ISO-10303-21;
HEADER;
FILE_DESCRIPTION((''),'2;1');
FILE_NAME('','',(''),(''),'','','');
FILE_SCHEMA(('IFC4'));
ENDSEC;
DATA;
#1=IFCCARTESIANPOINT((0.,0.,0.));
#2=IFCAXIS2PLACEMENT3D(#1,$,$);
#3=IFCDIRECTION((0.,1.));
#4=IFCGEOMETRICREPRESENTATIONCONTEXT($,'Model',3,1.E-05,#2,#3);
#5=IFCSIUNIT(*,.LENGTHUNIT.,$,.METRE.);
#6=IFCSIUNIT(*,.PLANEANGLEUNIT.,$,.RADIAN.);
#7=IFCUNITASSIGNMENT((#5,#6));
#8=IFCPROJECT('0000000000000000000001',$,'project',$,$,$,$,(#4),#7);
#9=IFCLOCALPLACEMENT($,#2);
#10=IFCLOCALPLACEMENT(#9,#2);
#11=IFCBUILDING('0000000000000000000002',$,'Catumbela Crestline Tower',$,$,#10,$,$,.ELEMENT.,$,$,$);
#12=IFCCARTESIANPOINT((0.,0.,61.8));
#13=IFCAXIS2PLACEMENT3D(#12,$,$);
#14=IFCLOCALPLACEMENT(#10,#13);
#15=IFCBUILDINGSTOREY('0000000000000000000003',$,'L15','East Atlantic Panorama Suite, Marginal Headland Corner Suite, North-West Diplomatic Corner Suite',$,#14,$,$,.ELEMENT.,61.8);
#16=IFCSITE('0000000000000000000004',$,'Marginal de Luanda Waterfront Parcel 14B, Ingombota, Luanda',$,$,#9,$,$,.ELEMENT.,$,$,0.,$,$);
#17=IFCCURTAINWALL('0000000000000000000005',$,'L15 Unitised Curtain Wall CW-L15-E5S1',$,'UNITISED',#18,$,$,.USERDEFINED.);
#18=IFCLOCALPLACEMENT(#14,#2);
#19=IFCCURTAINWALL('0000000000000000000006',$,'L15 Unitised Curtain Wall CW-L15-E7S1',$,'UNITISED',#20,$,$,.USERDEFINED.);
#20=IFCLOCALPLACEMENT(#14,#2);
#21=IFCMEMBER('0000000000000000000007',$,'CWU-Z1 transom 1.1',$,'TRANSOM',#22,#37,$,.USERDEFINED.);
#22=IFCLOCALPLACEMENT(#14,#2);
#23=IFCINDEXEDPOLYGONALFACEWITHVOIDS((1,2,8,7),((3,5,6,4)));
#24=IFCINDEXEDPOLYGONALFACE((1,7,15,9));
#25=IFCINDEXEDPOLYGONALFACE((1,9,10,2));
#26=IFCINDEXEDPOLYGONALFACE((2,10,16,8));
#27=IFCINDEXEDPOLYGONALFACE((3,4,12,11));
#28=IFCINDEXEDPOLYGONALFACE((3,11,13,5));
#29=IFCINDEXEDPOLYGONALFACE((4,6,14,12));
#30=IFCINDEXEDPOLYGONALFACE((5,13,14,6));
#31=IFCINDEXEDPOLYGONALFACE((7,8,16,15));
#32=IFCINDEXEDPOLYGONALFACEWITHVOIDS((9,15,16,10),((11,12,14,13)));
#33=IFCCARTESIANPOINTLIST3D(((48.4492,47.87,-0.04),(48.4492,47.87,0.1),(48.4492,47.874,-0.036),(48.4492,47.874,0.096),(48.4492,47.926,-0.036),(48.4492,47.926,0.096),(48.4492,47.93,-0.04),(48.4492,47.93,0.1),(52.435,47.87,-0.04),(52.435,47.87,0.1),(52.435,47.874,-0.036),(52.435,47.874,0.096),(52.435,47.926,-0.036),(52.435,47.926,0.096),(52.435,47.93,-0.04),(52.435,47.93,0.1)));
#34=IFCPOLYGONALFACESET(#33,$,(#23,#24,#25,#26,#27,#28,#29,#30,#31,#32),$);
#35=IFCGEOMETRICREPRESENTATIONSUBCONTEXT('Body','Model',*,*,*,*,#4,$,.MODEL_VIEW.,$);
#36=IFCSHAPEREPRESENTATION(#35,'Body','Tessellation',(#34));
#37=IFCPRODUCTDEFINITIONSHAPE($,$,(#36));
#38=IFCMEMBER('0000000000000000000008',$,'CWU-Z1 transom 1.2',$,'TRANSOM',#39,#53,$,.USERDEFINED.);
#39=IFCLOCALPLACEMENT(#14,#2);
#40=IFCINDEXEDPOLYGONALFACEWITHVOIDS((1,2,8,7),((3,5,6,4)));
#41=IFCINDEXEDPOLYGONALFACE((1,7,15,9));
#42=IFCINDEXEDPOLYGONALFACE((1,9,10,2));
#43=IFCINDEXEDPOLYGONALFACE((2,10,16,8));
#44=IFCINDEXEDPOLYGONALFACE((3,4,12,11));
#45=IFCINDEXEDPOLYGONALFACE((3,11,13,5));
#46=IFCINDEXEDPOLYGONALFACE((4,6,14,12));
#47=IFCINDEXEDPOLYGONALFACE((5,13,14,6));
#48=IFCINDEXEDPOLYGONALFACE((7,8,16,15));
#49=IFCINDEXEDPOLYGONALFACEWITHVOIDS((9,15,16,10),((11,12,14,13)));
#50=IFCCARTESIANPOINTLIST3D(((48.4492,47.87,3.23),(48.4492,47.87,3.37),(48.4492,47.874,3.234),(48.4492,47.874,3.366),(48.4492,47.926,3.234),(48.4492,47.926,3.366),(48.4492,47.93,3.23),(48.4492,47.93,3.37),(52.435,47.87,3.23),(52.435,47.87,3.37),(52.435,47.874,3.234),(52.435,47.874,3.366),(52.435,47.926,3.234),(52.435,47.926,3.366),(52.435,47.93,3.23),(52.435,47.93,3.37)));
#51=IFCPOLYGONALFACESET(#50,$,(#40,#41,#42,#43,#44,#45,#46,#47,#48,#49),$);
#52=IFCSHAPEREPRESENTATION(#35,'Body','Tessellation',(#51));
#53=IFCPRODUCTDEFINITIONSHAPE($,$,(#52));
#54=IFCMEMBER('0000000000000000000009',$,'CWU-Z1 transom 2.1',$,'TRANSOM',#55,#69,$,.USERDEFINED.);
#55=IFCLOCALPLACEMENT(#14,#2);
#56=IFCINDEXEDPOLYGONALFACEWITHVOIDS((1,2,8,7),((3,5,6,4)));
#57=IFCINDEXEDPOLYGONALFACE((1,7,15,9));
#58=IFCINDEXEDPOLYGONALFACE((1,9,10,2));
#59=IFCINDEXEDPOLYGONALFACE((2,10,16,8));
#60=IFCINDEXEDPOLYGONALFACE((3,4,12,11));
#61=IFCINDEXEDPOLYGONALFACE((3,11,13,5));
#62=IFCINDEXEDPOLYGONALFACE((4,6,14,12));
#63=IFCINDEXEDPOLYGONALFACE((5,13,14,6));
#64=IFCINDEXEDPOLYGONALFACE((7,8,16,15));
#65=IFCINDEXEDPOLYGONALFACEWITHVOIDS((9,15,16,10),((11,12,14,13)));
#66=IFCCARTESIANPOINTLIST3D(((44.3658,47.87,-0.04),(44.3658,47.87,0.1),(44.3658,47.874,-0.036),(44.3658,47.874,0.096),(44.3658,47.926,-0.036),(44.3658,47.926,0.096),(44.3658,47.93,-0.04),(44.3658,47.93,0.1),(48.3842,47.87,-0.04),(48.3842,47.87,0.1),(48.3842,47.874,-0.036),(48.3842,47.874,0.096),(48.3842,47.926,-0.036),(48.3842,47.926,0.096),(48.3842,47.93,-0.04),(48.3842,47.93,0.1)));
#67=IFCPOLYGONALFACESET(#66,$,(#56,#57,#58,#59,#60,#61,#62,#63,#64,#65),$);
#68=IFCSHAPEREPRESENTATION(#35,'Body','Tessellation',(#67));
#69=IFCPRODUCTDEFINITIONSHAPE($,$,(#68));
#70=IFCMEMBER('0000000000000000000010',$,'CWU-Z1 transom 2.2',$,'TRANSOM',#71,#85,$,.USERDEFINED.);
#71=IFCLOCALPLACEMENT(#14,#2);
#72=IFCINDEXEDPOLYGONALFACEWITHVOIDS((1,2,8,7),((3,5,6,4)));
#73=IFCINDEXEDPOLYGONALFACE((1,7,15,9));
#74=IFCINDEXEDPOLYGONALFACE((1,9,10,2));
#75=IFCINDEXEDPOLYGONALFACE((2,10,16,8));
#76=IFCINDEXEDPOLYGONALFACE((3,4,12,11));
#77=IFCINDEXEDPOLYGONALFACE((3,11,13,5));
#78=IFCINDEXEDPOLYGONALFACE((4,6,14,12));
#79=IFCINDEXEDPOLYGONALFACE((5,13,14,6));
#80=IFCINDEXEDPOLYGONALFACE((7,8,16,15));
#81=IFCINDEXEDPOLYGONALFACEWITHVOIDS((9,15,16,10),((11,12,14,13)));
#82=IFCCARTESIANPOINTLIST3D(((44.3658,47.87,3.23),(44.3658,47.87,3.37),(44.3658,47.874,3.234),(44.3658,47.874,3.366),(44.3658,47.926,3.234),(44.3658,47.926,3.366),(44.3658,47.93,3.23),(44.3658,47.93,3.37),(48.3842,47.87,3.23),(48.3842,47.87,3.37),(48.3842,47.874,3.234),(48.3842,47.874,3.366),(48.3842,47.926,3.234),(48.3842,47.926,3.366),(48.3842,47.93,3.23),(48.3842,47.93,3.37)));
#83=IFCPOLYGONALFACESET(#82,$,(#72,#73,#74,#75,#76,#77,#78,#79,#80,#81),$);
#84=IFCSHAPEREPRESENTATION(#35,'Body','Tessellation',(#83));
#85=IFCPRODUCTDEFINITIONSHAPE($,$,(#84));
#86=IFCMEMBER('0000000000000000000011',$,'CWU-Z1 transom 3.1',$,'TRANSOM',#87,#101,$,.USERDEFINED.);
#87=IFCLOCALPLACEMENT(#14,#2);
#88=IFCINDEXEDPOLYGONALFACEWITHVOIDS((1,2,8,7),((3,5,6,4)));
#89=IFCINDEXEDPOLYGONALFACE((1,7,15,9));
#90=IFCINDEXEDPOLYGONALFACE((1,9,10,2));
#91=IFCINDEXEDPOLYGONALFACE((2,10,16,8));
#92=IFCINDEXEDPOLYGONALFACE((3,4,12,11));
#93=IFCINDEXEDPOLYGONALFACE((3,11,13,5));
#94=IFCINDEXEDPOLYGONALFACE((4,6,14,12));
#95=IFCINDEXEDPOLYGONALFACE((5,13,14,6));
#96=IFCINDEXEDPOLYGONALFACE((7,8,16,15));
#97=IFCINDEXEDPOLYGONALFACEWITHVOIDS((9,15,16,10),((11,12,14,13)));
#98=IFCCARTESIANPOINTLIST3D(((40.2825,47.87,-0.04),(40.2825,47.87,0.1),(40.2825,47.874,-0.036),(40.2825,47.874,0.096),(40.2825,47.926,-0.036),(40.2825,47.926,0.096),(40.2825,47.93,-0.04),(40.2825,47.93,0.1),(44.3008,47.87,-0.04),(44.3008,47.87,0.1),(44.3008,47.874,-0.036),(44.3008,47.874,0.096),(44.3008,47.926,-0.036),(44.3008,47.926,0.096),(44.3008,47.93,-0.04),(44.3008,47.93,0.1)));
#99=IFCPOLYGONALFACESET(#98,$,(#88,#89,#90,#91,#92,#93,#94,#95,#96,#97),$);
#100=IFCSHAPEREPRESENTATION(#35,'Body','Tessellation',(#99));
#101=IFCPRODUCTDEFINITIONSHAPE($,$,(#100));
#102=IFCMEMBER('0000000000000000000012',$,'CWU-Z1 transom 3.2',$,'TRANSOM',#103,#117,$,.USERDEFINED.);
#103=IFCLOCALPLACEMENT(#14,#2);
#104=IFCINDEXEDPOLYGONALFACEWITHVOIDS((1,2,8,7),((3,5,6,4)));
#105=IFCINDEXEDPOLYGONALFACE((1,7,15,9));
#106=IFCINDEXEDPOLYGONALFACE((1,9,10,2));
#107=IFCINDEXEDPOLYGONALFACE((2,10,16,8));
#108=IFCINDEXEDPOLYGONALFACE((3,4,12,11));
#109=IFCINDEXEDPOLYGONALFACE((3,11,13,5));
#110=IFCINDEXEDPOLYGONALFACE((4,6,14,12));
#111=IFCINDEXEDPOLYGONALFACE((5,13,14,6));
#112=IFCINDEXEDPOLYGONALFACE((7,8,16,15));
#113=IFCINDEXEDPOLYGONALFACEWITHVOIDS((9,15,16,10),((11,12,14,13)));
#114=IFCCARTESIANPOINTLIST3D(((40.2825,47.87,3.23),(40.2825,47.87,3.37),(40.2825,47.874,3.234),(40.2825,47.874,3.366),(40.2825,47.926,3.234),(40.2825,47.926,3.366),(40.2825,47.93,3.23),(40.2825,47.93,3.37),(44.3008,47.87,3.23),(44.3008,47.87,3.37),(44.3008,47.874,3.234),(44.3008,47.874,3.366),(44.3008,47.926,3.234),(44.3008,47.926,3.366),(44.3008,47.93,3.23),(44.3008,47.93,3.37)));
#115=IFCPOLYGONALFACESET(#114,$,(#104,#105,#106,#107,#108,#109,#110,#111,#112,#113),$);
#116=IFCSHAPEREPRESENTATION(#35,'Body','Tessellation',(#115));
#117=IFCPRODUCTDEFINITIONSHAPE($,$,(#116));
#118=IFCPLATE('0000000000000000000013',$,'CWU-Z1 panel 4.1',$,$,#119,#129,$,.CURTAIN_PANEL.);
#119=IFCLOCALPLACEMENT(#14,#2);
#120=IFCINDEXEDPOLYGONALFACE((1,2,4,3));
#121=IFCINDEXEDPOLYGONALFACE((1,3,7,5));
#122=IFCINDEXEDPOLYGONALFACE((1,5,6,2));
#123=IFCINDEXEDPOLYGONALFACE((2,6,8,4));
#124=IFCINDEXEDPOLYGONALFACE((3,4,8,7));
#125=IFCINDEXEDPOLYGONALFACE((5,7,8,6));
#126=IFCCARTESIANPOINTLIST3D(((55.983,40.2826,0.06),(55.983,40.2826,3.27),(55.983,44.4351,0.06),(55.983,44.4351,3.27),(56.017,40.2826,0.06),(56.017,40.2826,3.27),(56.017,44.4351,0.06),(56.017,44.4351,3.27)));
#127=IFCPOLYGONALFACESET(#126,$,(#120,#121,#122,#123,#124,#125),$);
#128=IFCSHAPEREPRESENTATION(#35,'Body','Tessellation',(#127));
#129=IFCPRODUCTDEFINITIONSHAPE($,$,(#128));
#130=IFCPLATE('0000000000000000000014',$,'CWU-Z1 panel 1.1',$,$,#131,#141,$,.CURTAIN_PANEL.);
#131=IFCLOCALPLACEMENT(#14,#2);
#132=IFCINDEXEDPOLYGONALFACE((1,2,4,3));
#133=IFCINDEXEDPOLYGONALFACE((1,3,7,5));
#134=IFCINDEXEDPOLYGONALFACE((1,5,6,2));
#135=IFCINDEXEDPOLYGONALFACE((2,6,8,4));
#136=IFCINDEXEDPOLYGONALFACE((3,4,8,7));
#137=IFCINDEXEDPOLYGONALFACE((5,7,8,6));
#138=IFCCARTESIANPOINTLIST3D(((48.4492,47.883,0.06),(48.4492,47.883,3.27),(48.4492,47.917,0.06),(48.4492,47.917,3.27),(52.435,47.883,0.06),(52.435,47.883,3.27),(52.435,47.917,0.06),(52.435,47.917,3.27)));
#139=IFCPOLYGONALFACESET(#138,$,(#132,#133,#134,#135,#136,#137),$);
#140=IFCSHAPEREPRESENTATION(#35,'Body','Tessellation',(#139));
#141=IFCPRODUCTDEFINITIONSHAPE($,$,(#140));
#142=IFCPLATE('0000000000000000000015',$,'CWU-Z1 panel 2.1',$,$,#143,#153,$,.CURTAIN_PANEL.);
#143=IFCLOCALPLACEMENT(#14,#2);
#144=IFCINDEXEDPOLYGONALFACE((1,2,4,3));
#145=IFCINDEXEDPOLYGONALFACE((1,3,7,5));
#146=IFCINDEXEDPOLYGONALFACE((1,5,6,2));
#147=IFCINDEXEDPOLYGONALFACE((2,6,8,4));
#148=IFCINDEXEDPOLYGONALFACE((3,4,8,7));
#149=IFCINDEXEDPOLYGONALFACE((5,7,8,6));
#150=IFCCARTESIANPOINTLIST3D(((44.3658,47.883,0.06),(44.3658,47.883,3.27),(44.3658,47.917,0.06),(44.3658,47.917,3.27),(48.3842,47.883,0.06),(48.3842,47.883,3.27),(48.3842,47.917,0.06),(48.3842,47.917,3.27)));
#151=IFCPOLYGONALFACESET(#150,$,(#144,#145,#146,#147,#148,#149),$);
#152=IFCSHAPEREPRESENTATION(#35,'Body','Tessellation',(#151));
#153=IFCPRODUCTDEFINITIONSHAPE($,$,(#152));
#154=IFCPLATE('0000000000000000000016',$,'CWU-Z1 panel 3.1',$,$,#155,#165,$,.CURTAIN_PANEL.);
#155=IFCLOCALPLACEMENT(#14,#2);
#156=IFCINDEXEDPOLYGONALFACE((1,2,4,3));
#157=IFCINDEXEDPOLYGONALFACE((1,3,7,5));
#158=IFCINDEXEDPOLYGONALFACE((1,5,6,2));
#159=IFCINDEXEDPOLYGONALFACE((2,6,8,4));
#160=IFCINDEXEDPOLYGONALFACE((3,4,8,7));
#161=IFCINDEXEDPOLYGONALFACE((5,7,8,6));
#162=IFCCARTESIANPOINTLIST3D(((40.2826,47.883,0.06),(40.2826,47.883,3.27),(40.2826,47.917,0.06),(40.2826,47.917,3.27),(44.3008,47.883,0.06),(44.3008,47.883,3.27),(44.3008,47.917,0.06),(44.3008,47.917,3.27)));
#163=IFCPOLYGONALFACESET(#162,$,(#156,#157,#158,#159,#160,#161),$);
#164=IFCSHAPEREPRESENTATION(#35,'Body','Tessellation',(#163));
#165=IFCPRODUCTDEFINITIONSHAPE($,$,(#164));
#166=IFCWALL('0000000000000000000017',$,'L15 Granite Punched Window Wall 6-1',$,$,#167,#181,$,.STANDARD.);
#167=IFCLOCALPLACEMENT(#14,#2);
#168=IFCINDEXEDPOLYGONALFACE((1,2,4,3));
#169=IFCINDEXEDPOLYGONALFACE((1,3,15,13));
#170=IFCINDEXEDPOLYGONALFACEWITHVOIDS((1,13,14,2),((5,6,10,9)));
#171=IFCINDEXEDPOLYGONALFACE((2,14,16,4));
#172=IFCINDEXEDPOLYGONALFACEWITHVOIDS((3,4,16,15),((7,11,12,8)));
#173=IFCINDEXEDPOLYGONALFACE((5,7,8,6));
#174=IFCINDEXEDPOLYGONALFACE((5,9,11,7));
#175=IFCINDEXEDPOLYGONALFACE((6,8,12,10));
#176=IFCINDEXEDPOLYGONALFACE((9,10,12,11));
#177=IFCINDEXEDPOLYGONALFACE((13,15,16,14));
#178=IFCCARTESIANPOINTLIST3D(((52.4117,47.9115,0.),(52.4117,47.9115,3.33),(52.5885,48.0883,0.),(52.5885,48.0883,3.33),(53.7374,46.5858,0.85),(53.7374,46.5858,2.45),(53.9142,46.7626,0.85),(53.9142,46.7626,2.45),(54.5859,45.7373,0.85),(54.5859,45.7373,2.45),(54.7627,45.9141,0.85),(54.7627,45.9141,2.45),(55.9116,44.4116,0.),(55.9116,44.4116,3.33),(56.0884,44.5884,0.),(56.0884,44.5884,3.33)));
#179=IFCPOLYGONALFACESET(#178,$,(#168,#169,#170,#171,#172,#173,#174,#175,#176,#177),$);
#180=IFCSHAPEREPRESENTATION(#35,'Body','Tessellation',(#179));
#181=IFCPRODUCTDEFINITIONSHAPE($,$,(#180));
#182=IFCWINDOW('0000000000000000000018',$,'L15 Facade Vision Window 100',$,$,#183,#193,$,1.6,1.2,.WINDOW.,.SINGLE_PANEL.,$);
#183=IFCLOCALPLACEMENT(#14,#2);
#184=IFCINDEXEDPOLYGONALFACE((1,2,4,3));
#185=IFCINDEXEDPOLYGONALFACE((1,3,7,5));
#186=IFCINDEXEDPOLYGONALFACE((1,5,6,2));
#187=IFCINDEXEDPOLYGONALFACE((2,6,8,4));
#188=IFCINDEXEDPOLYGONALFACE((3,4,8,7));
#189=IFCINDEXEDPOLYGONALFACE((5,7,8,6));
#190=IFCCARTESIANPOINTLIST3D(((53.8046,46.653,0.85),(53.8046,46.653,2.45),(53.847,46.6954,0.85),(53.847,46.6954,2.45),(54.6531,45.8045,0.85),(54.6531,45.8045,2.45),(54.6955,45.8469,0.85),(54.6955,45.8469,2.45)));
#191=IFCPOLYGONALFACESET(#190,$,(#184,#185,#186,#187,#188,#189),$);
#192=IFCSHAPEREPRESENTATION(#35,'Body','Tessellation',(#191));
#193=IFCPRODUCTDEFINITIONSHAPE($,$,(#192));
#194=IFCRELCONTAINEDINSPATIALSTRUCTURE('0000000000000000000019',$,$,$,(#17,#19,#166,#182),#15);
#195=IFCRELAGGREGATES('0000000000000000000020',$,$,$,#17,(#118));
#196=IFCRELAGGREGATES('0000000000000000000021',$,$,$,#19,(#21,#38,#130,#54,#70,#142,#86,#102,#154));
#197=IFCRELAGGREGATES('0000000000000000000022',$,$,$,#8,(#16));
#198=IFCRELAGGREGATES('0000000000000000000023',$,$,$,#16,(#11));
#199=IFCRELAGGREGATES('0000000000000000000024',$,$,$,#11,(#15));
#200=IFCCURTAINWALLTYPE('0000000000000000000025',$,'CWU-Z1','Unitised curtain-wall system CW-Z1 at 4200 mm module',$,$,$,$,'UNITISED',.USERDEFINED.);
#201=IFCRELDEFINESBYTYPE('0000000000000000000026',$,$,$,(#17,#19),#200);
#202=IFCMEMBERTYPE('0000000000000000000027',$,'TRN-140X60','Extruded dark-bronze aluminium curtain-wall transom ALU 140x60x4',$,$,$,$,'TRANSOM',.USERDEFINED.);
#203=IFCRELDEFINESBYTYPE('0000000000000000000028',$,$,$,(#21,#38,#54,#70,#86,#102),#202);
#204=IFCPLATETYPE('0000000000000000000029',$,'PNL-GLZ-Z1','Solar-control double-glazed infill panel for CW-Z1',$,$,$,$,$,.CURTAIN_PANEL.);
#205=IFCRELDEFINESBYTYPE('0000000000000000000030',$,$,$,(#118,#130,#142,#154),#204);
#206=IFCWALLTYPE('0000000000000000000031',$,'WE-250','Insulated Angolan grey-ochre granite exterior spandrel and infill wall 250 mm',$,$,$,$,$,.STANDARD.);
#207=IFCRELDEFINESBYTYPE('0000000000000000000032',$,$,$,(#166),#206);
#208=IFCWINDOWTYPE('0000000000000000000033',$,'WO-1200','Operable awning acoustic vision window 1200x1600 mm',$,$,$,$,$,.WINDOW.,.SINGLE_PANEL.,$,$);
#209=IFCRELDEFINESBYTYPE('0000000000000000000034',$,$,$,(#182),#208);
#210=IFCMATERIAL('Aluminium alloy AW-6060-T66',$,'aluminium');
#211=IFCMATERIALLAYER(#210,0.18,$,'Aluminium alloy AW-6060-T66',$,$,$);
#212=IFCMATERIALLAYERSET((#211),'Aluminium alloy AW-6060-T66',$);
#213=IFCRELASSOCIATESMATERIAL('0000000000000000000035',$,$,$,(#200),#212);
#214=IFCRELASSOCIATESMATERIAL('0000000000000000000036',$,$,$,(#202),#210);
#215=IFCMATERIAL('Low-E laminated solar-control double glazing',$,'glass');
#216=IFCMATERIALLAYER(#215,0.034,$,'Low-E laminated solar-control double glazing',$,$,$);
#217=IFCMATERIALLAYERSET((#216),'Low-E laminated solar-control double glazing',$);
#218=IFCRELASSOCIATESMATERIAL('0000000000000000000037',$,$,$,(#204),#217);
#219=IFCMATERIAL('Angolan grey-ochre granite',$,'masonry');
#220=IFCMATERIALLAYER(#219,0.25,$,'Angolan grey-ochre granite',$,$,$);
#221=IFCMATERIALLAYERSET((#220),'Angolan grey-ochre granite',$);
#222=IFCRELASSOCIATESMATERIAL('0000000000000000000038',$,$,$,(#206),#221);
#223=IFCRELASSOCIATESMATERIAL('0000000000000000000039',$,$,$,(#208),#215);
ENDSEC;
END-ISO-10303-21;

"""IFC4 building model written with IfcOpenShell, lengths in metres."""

from ifc_helpers import new_model, si_unit, direction, frame, frame_2d, origin, origin_2d, place, context, subcontext, project, spatial, rectangle, hollow_rectangle, extrude, material, layer, layer_set, material_profile, profile_set, type_object, element, fill, aggregate, save


model = new_model("IFC4")

# Units and contexts
model_context = context("Model", 3, precision=1e-05, world=origin(), true_north=direction((0.0, 1.0)))
body_context = subcontext(model_context, "Body", "Model", "MODEL_VIEW")
ifc_project = project(units=[si_unit("LENGTHUNIT", "METRE"), si_unit("PLANEANGLEUNIT", "RADIAN")], contexts=[model_context])

# Site, building, storey
site_placement = place(None, origin())
site = spatial("IfcSite", under=ifc_project, at=site_placement, Name="Marginal de Luanda Waterfront Parcel 14B, Ingombota, Luanda", CompositionType="ELEMENT", RefElevation=0.0)
building_placement = place(site_placement, origin())
building = spatial("IfcBuilding", under=site, at=building_placement, Name="Catumbela Crestline Tower", CompositionType="ELEMENT")
storey_placement = place(building_placement, frame((0.0, 0.0, 61.8)))
storey = spatial("IfcBuildingStorey", under=building, at=storey_placement, Name="L15", Description="East Atlantic Panorama Suite, Marginal Headland Corner Suite, North-West Diplomatic Corner Suite", CompositionType="ELEMENT", Elevation=61.8)

# Curtain walls
ifc_material_1 = material(Name="Aluminium alloy AW-6060-T66", Category="aluminium")
ifc_layer_1 = layer(ifc_material_1, 0.18, Name="Aluminium alloy AW-6060-T66")
ifc_layer_set_1 = layer_set([ifc_layer_1], Name="Aluminium alloy AW-6060-T66")
curtain_wall_type = type_object("IfcCurtainWallType", Name="CWU-Z1", Description="Unitised curtain-wall system CW-Z1 at 4200 mm module", ElementType="UNITISED", PredefinedType="USERDEFINED", material=ifc_layer_set_1)
curtain_wall_1_placement = place(storey_placement, origin())
curtain_wall_1 = element("IfcCurtainWall", 1, at=curtain_wall_1_placement, inside=storey, type_object=curtain_wall_type, Name="L15 Unitised Curtain Wall CW-L15-E5S1", ObjectType="UNITISED", PredefinedType="USERDEFINED")
curtain_wall_2_placement = place(storey_placement, origin())
curtain_wall_2 = element("IfcCurtainWall", 2, at=curtain_wall_2_placement, inside=storey, type_object=curtain_wall_type, Name="L15 Unitised Curtain Wall CW-L15-E7S1", ObjectType="UNITISED", PredefinedType="USERDEFINED")

# Members
ifc_material_profile_1 = material_profile(ifc_material_1, hollow_rectangle(XDim=0.06, YDim=0.14, WallThickness=0.004, at=origin_2d()), Name="ALU 140x60x4")
ifc_profile_set_1 = profile_set([ifc_material_profile_1], Name="Aluminium alloy AW-6060-T66")
member_type_1 = type_object("IfcMemberType", Name="TRN-140X60", Description="Extruded dark-bronze aluminium curtain-wall transom ALU 140x60x4", ElementType="TRANSOM", PredefinedType="USERDEFINED", material=ifc_profile_set_1)
member_1_placement = place(storey_placement, frame((52.435, 47.9, 0.03), z_axis=(-1.0, 0.0, 0.0), x_axis=(0.0, -1.0, 0.0)))
member_1 = element("IfcMember", 3, at=member_1_placement, type_object=member_type_1, Name="CWU-Z1 transom 1.1", ObjectType="TRANSOM", PredefinedType="USERDEFINED", context=body_context, shape_type="SweptSolid", body=[
    extrude(hollow_rectangle(XDim=0.06, YDim=0.14, WallThickness=0.004, at=origin_2d()), origin(), (0.0, 0.0, 1.0), 3.9858),
])
member_2_placement = place(storey_placement, frame((52.435, 47.9, 3.3), z_axis=(-1.0, 0.0, 0.0), x_axis=(0.0, -1.0, 0.0)))
member_2 = element("IfcMember", 4, at=member_2_placement, type_object=member_type_1, Name="CWU-Z1 transom 1.2", ObjectType="TRANSOM", PredefinedType="USERDEFINED", context=body_context, shape_type="SweptSolid", body=[
    extrude(hollow_rectangle(XDim=0.06, YDim=0.14, WallThickness=0.004, at=origin_2d()), origin(), (0.0, 0.0, 1.0), 3.9858),
])
member_3_placement = place(storey_placement, frame((48.3842, 47.9, 0.03), z_axis=(-1.0, 0.0, 0.0), x_axis=(0.0, -1.0, 0.0)))
member_3 = element("IfcMember", 5, at=member_3_placement, type_object=member_type_1, Name="CWU-Z1 transom 2.1", ObjectType="TRANSOM", PredefinedType="USERDEFINED", context=body_context, shape_type="SweptSolid", body=[
    extrude(hollow_rectangle(XDim=0.06, YDim=0.14, WallThickness=0.004, at=origin_2d()), origin(), (0.0, 0.0, 1.0), 4.0184),
])
member_4_placement = place(storey_placement, frame((48.3842, 47.9, 3.3), z_axis=(-1.0, 0.0, 0.0), x_axis=(0.0, -1.0, 0.0)))
member_4 = element("IfcMember", 6, at=member_4_placement, type_object=member_type_1, Name="CWU-Z1 transom 2.2", ObjectType="TRANSOM", PredefinedType="USERDEFINED", context=body_context, shape_type="SweptSolid", body=[
    extrude(hollow_rectangle(XDim=0.06, YDim=0.14, WallThickness=0.004, at=origin_2d()), origin(), (0.0, 0.0, 1.0), 4.0184),
])
member_5_placement = place(storey_placement, frame((44.3008, 47.9, 0.03), z_axis=(-1.0, 0.0, 0.0), x_axis=(0.0, -1.0, 0.0)))
member_5 = element("IfcMember", 7, at=member_5_placement, type_object=member_type_1, Name="CWU-Z1 transom 3.1", ObjectType="TRANSOM", PredefinedType="USERDEFINED", context=body_context, shape_type="SweptSolid", body=[
    extrude(hollow_rectangle(XDim=0.06, YDim=0.14, WallThickness=0.004, at=origin_2d()), origin(), (0.0, 0.0, 1.0), 4.0183),
])
member_6_placement = place(storey_placement, frame((44.3008, 47.9, 3.3), z_axis=(-1.0, 0.0, 0.0), x_axis=(0.0, -1.0, 0.0)))
member_6 = element("IfcMember", 8, at=member_6_placement, type_object=member_type_1, Name="CWU-Z1 transom 3.2", ObjectType="TRANSOM", PredefinedType="USERDEFINED", context=body_context, shape_type="SweptSolid", body=[
    extrude(hollow_rectangle(XDim=0.06, YDim=0.14, WallThickness=0.004, at=origin_2d()), origin(), (0.0, 0.0, 1.0), 4.0183),
])

# Plates
ifc_material_2 = material(Name="Low-E laminated solar-control double glazing", Category="glass")
ifc_layer_2 = layer(ifc_material_2, 0.034, Name="Low-E laminated solar-control double glazing")
ifc_layer_set_2 = layer_set([ifc_layer_2], Name="Low-E laminated solar-control double glazing")
plate_type = type_object("IfcPlateType", Name="PNL-GLZ-Z1", Description="Solar-control double-glazed infill panel for CW-Z1", PredefinedType="CURTAIN_PANEL", material=ifc_layer_set_2)
plate_1_placement = place(storey_placement, frame((56.0, 42.3588, 0.06), z_axis=(0.0, 0.0, 1.0), x_axis=(0.0, 1.0, 0.0)))
plate_1 = element("IfcPlate", 9, at=plate_1_placement, type_object=plate_type, Name="CWU-Z1 panel 4.1", PredefinedType="CURTAIN_PANEL", context=body_context, shape_type="SweptSolid", body=[
    extrude(rectangle(XDim=4.1525, YDim=0.034, at=origin_2d()), origin(), (0.0, 0.0, 1.0), 3.21),
])
aggregate(curtain_wall_1, [plate_1])
plate_2_placement = place(storey_placement, frame((50.4421, 47.9, 0.06), z_axis=(0.0, 0.0, 1.0), x_axis=(-1.0, 0.0, 0.0)))
plate_2 = element("IfcPlate", 10, at=plate_2_placement, type_object=plate_type, Name="CWU-Z1 panel 1.1", PredefinedType="CURTAIN_PANEL", context=body_context, shape_type="SweptSolid", body=[
    extrude(rectangle(XDim=3.9858, YDim=0.034, at=origin_2d()), origin(), (0.0, 0.0, 1.0), 3.21),
])
plate_3_placement = place(storey_placement, frame((46.375, 47.9, 0.06), z_axis=(0.0, 0.0, 1.0), x_axis=(-1.0, 0.0, 0.0)))
plate_3 = element("IfcPlate", 11, at=plate_3_placement, type_object=plate_type, Name="CWU-Z1 panel 2.1", PredefinedType="CURTAIN_PANEL", context=body_context, shape_type="SweptSolid", body=[
    extrude(rectangle(XDim=4.0183, YDim=0.034, at=origin_2d()), origin(), (0.0, 0.0, 1.0), 3.21),
])
plate_4_placement = place(storey_placement, frame((42.2917, 47.9, 0.06), z_axis=(0.0, 0.0, 1.0), x_axis=(-1.0, 0.0, 0.0)))
plate_4 = element("IfcPlate", 12, at=plate_4_placement, type_object=plate_type, Name="CWU-Z1 panel 3.1", PredefinedType="CURTAIN_PANEL", context=body_context, shape_type="SweptSolid", body=[
    extrude(rectangle(XDim=4.0183, YDim=0.034, at=origin_2d()), origin(), (0.0, 0.0, 1.0), 3.21),
])
aggregate(curtain_wall_2, [member_1, member_2, plate_2, member_3, member_4, plate_3, member_5, member_6, plate_4])

# Wall, opening, window
ifc_material_3 = material(Name="Angolan grey-ochre granite", Category="masonry")
ifc_layer_3 = layer(ifc_material_3, 0.25, Name="Angolan grey-ochre granite")
ifc_layer_set_3 = layer_set([ifc_layer_3], Name="Angolan grey-ochre granite")
wall_type = type_object("IfcWallType", Name="WE-250", Description="Insulated Angolan grey-ochre granite exterior spandrel and infill wall 250 mm", PredefinedType="STANDARD", material=ifc_layer_set_3)
wall_placement = place(storey_placement, frame((56.0, 44.5, 0.0), z_axis=(0.0, 0.0, 1.0), x_axis=(-0.707107, 0.707107, 0.0)))
wall = element("IfcWall", 13, at=wall_placement, inside=storey, type_object=wall_type, Name="L15 Granite Punched Window Wall 6-1", PredefinedType="STANDARD", context=body_context, shape_type="SweptSolid", body=[
    extrude(rectangle(XDim=4.9497, YDim=0.25, at=frame_2d((2.4748, 0.0))), origin(), (0.0, 0.0, 1.0), 3.33),
])
opening_placement = place(wall_placement, frame((1.8748, 0.0, 0.85)))
opening = element("IfcOpeningElement", 14, at=opening_placement, cuts=wall, PredefinedType="OPENING", context=body_context, shape_type="SweptSolid", body=[
    extrude(rectangle(XDim=1.2, YDim=1.6, at=frame_2d((0.6, 0.8))), frame((0.0, 0.135, 0.0), z_axis=(0.0, -1.0, 0.0), x_axis=(1.0, 0.0, 0.0)), (0.0, 0.0, 1.0), 0.27),
])
window_type = type_object("IfcWindowType", Name="WO-1200", Description="Operable awning acoustic vision window 1200x1600 mm", PartitioningType="SINGLE_PANEL", PredefinedType="WINDOW", material=ifc_material_2)
window_placement = place(opening_placement, origin())
window = element("IfcWindow", 15, at=window_placement, inside=storey, type_object=window_type, Name="L15 Facade Vision Window 100", OverallHeight=1.6, OverallWidth=1.2, PartitioningType="SINGLE_PANEL", PredefinedType="WINDOW", context=body_context, shape_type="SweptSolid", body=[
    extrude(rectangle(XDim=1.2, YDim=1.6, at=frame_2d((0.6, 0.8))), frame((0.0, 0.03, 0.0), z_axis=(0.0, -1.0, 0.0), x_axis=(1.0, 0.0, 0.0)), (0.0, 0.0, 1.0), 0.06),
])
fill(opening, window)

save(model, "model.ifc")
